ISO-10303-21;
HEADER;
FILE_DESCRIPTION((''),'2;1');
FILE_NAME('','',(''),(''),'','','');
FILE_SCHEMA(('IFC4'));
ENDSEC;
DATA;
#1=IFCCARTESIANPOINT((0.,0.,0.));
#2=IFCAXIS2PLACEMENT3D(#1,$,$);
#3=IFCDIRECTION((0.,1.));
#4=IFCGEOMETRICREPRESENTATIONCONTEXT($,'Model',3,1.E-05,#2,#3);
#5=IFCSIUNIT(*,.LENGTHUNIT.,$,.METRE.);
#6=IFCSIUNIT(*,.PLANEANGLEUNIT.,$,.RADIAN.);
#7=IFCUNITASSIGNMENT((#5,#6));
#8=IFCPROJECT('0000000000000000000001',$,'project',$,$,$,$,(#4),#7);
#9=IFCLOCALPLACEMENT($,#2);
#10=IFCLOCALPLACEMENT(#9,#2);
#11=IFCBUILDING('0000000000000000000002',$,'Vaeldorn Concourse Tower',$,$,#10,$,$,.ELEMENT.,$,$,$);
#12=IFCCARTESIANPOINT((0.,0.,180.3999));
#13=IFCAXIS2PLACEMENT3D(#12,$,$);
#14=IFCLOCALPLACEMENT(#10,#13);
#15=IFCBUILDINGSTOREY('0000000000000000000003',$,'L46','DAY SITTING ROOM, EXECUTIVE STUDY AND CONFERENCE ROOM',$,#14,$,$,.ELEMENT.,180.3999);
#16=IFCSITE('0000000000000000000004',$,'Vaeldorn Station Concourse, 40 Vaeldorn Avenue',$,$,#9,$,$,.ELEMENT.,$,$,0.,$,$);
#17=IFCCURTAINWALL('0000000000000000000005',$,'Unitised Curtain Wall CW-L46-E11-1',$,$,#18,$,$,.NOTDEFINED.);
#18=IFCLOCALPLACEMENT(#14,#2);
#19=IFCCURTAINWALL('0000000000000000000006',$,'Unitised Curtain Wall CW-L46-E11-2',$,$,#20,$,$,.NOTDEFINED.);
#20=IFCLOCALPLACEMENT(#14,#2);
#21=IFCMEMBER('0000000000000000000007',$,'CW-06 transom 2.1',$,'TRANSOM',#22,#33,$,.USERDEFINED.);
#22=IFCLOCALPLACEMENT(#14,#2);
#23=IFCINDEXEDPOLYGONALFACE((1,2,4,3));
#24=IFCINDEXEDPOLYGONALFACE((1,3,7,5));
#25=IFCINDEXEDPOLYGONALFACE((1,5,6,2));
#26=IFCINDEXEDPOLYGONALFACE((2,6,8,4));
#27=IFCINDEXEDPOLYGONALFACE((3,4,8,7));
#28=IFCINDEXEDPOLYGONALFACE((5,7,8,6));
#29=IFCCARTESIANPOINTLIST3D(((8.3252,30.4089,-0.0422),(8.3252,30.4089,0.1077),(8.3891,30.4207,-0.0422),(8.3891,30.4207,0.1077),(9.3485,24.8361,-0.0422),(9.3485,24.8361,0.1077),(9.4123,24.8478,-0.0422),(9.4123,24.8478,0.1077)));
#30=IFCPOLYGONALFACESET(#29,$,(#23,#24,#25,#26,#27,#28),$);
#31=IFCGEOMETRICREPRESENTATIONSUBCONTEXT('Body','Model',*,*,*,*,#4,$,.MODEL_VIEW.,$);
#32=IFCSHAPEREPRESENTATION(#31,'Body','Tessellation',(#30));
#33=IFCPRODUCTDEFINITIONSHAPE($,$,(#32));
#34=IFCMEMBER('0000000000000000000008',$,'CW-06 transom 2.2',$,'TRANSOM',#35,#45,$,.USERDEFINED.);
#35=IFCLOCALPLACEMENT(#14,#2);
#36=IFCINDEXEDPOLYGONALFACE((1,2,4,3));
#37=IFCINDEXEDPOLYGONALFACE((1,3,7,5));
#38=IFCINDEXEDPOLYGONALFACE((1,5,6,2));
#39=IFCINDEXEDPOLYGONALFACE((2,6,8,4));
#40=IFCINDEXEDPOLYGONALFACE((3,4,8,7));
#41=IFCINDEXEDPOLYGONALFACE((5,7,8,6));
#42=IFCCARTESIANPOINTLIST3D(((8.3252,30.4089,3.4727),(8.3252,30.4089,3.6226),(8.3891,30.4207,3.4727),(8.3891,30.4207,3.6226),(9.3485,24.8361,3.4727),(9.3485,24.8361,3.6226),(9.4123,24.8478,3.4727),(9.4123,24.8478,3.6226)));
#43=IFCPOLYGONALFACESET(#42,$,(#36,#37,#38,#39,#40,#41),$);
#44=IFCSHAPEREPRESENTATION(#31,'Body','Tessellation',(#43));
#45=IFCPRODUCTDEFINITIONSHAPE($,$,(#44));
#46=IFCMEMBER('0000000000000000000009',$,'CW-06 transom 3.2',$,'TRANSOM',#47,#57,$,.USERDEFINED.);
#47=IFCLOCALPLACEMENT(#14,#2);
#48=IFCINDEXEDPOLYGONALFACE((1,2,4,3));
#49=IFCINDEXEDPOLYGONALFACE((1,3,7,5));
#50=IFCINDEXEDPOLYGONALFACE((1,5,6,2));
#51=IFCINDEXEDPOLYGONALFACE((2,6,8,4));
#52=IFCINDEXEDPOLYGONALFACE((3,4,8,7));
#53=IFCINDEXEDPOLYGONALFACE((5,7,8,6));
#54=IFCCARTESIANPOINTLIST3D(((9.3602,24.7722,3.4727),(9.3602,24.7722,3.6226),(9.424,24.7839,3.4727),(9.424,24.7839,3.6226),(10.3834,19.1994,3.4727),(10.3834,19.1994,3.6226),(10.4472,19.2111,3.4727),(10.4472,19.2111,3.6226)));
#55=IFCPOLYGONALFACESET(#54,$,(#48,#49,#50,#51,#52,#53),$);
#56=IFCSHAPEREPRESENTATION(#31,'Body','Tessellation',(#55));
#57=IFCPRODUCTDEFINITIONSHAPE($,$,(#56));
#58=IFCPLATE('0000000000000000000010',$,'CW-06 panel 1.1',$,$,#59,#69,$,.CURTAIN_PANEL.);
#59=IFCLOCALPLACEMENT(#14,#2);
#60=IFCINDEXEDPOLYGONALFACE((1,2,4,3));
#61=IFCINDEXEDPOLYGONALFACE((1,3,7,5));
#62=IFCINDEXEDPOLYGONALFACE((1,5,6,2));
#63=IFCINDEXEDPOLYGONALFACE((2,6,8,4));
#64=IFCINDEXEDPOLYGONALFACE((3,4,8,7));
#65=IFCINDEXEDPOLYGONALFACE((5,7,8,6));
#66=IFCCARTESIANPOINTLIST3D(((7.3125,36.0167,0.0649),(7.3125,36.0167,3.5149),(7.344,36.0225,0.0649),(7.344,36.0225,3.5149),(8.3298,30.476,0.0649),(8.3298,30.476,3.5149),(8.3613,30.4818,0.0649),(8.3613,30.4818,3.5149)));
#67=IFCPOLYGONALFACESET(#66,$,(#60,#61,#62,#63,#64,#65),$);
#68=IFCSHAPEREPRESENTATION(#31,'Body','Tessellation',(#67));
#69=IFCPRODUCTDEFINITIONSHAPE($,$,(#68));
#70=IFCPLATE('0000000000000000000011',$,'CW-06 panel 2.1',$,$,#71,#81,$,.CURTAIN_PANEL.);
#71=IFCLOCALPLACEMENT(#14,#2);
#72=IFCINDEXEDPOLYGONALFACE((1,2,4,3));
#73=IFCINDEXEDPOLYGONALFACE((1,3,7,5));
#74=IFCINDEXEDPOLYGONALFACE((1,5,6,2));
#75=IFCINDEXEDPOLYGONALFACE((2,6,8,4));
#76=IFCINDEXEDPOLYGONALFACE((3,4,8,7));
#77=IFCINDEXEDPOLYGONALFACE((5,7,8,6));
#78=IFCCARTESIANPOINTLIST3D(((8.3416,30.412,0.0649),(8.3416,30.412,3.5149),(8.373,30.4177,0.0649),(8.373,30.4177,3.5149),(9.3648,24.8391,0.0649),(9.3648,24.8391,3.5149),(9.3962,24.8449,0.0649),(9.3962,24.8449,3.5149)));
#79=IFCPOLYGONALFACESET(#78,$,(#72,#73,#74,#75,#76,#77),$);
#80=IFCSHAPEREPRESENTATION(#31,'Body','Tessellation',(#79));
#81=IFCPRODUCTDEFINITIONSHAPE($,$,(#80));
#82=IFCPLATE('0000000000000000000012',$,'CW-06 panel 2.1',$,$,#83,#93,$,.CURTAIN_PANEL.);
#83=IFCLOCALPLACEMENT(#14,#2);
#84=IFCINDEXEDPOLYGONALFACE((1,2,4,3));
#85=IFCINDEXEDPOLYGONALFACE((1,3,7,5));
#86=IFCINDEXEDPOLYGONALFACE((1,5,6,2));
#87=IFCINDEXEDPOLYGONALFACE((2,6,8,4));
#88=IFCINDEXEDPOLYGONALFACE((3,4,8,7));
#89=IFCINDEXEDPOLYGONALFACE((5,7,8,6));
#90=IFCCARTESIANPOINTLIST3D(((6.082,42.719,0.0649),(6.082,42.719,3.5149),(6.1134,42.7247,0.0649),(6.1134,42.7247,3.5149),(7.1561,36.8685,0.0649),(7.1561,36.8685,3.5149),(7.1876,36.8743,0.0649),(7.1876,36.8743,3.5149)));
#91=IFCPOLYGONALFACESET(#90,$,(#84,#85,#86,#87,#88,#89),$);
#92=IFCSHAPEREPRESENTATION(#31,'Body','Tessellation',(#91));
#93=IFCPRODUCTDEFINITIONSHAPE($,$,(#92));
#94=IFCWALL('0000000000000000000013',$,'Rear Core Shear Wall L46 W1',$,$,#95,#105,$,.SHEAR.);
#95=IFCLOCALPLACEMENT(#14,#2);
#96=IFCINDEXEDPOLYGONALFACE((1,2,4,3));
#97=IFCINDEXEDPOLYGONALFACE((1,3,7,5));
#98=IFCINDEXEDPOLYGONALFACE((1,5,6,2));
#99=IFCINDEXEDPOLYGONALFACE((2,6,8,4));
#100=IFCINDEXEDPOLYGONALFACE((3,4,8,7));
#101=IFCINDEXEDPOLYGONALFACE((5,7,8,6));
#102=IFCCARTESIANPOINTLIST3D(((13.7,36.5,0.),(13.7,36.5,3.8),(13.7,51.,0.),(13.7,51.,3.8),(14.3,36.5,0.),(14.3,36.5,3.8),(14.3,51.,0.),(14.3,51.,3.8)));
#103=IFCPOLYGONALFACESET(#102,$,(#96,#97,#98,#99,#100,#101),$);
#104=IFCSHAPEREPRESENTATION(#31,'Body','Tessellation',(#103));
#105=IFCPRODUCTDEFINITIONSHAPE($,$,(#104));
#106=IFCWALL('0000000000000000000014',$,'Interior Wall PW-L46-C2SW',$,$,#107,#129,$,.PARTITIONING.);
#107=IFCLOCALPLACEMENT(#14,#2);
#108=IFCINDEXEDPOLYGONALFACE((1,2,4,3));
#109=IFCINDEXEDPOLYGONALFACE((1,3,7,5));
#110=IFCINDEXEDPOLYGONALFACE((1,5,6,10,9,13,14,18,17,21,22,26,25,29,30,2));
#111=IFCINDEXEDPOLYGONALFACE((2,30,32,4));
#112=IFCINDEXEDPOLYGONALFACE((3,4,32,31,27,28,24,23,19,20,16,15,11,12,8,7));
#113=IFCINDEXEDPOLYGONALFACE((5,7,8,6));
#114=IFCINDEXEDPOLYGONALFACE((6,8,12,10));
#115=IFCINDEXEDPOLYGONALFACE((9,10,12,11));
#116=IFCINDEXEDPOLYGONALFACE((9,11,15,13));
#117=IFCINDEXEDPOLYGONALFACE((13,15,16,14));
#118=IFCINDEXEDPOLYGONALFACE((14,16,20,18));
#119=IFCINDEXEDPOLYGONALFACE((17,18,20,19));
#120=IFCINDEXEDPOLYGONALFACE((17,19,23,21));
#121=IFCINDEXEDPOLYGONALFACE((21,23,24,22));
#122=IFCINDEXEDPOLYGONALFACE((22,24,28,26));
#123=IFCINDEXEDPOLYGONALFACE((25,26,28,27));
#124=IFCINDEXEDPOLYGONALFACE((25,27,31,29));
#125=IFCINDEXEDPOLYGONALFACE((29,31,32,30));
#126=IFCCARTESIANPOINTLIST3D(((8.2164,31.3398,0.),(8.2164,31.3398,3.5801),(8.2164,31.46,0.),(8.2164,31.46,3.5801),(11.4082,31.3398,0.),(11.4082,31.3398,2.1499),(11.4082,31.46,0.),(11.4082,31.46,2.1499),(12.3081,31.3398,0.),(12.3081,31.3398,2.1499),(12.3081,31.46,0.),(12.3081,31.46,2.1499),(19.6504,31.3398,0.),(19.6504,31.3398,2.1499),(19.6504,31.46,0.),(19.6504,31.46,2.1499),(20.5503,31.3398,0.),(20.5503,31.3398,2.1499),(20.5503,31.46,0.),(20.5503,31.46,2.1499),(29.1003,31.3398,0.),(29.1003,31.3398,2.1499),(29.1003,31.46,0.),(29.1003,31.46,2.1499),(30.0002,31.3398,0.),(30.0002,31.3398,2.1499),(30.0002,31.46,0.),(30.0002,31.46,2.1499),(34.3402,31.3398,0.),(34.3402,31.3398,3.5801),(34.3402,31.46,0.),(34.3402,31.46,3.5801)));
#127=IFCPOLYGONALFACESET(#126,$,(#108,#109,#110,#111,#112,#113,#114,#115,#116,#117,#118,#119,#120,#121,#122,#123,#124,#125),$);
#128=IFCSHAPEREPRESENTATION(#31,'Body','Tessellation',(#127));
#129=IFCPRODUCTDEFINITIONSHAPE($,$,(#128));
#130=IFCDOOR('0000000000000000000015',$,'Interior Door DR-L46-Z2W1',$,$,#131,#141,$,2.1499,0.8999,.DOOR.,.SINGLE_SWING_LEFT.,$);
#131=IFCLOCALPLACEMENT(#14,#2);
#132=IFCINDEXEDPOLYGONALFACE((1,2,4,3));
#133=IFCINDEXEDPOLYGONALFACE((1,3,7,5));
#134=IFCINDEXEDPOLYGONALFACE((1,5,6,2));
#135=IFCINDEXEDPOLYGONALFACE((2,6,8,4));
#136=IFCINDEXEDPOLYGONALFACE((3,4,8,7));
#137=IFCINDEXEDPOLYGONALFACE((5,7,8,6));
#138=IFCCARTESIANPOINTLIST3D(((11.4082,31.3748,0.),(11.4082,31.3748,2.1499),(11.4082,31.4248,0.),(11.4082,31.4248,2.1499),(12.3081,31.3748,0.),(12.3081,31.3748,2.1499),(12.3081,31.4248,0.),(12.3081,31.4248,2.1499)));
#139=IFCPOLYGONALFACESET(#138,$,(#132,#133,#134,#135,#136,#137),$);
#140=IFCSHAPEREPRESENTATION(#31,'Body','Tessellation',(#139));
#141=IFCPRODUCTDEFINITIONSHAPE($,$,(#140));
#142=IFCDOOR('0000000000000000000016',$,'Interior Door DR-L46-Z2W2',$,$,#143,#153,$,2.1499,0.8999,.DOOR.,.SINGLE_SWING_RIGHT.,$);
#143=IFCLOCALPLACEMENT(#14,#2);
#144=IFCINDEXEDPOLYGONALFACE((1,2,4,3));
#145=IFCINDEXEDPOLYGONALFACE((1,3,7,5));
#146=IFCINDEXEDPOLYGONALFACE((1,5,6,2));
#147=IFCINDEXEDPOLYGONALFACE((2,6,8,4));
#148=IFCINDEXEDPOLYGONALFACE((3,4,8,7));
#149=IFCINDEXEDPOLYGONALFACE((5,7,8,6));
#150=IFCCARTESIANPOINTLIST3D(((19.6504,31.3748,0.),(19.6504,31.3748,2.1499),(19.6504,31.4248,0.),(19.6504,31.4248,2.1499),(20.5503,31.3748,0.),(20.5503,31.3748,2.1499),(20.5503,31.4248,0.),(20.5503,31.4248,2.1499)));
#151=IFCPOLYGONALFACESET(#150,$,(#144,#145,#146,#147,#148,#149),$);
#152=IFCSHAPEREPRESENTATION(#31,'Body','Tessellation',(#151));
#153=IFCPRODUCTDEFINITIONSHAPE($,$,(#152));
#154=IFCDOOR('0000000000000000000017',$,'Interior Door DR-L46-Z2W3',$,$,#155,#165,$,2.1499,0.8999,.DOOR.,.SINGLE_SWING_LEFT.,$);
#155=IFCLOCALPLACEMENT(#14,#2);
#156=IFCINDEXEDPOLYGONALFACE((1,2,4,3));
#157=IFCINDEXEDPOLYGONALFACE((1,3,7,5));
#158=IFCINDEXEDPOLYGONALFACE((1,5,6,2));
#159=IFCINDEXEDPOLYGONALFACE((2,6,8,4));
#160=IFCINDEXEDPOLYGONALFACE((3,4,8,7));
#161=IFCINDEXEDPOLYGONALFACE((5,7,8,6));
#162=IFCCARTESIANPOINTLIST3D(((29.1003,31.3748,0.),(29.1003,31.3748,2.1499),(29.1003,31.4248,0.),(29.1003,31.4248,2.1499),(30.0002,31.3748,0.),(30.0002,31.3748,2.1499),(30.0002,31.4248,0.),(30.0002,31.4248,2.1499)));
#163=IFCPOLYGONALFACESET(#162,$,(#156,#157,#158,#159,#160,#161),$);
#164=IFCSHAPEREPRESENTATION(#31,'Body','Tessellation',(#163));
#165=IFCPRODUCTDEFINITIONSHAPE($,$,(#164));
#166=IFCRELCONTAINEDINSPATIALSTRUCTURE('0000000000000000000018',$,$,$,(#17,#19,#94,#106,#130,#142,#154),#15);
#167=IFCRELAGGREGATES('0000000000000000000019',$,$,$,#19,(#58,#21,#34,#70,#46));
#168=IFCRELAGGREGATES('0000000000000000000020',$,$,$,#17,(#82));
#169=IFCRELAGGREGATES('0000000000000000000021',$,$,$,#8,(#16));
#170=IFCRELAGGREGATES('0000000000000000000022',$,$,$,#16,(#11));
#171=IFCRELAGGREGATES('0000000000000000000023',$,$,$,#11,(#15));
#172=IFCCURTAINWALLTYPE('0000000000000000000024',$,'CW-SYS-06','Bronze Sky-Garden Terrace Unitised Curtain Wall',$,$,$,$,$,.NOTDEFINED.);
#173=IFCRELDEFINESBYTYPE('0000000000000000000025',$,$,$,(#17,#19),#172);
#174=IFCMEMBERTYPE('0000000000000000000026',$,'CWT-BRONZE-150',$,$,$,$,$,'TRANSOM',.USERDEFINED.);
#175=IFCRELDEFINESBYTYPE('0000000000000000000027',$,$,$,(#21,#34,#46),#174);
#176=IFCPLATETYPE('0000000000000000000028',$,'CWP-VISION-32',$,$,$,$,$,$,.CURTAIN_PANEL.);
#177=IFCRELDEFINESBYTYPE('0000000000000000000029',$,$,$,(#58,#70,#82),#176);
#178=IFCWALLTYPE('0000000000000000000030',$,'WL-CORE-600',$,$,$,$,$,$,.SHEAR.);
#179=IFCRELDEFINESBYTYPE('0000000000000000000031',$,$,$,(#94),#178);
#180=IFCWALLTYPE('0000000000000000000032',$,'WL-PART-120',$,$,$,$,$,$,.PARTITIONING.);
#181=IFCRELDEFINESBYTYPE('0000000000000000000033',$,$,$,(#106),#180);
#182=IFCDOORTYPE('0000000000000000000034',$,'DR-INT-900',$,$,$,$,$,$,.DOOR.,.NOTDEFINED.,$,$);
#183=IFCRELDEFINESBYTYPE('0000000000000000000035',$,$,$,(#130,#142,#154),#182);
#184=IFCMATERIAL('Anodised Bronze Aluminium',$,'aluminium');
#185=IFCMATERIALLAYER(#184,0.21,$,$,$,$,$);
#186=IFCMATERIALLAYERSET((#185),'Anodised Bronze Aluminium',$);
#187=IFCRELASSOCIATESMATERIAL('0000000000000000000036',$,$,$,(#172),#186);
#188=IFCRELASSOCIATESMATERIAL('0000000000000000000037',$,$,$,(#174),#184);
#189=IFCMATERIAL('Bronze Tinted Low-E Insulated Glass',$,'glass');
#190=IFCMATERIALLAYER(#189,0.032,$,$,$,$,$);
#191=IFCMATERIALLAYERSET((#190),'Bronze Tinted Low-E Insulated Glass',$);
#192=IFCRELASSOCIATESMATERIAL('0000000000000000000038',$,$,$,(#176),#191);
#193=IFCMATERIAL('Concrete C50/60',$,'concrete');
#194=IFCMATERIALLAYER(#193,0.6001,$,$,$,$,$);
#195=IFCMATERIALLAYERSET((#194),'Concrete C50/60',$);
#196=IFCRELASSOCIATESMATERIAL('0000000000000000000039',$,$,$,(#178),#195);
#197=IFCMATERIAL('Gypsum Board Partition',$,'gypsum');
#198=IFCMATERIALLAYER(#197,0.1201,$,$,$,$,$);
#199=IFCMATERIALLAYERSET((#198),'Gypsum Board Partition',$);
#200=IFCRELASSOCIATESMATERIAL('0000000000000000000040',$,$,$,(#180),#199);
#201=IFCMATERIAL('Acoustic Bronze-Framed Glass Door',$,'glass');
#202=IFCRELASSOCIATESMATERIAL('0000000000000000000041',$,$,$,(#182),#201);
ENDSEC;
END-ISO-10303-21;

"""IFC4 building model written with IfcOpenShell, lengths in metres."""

from ifc_helpers import new_model, si_unit, direction, frame, frame_2d, origin, origin_2d, place, context, subcontext, project, spatial, rectangle, extrude, source, transform, mapped, material, layer, layer_set, material_profile, profile_set, type_object, element, fill, aggregate, save


model = new_model("IFC4")

# Units and contexts
model_context = context("Model", 3, precision=1e-05, world=origin(), true_north=direction((0.0, 1.0)))
body_context = subcontext(model_context, "Body", "Model", "MODEL_VIEW")
ifc_project = project(units=[si_unit("LENGTHUNIT", "METRE"), si_unit("PLANEANGLEUNIT", "RADIAN")], contexts=[model_context])

# Site, building, storey
site_placement = place(None, origin())
site = spatial("IfcSite", under=ifc_project, at=site_placement, Name="Vaeldorn Station Concourse, 40 Vaeldorn Avenue", CompositionType="ELEMENT", RefElevation=0.0)
building_placement = place(site_placement, origin())
building = spatial("IfcBuilding", under=site, at=building_placement, Name="Vaeldorn Concourse Tower", CompositionType="ELEMENT")
storey_placement = place(building_placement, frame((0.0, 0.0, 180.3999)))
storey = spatial("IfcBuildingStorey", under=building, at=storey_placement, Name="L46", Description="DAY SITTING ROOM, EXECUTIVE STUDY AND CONFERENCE ROOM", CompositionType="ELEMENT", Elevation=180.3999)

# Shared definitions
ifc_material_1 = material(Name="Concrete C50/60", Category="concrete")

# Curtain wall
ifc_material_2 = material(Name="Anodised Bronze Aluminium", Category="aluminium")
ifc_layer_1 = layer(ifc_material_2, 0.21)
ifc_layer_set_1 = layer_set([ifc_layer_1], Name="Anodised Bronze Aluminium")
curtain_wall_type = type_object("IfcCurtainWallType", Name="CW-SYS-06", Description="Bronze Sky-Garden Terrace Unitised Curtain Wall", PredefinedType="NOTDEFINED", material=ifc_layer_set_1)
curtain_wall_1_placement = place(storey_placement, origin())
curtain_wall_1 = element("IfcCurtainWall", 1, at=curtain_wall_1_placement, inside=storey, type_object=curtain_wall_type, Name="Unitised Curtain Wall CW-L46-E11-1", PredefinedType="NOTDEFINED")

# Curtain wall, members, plates
curtain_wall_2_placement = place(storey_placement, origin())
curtain_wall_2 = element("IfcCurtainWall", 2, at=curtain_wall_2_placement, inside=storey, type_object=curtain_wall_type, Name="Unitised Curtain Wall CW-L46-E11-2", PredefinedType="NOTDEFINED")
ifc_material_profile_1 = material_profile(ifc_material_2, rectangle(XDim=0.0649, YDim=0.1499, at=origin_2d()), Name="CWT 65x150")
ifc_profile_set_1 = profile_set([ifc_material_profile_1], Name="Anodised Bronze Aluminium")
member_type_1 = type_object("IfcMemberType", Name="CWT-BRONZE-150", ElementType="TRANSOM", PredefinedType="USERDEFINED", material=ifc_profile_set_1)
shared_shape_1 = source(origin(), body_context, "Body", "SweptSolid", [
    extrude(rectangle(XDim=0.0649, YDim=0.1499, at=origin_2d()), origin(), (0.0, 0.0, 1.0), 5.666),
])
member_1_placement = place(storey_placement, frame((8.3572, 30.4148, 0.0327), z_axis=(0.180588, -0.983559, 0.0), x_axis=(0.983559, 0.180588, 0.0)))
member_1 = element("IfcMember", 3, at=member_1_placement, type_object=member_type_1, Name="CW-06 transom 2.1", ObjectType="TRANSOM", PredefinedType="USERDEFINED", context=body_context, shape_type="MappedRepresentation", body=[
    mapped(shared_shape_1, transform((0.0, 0.0, 0.0), scale=1.0)),
])
member_2_placement = place(storey_placement, frame((8.3572, 30.4148, 3.5476), z_axis=(0.180588, -0.983559, 0.0), x_axis=(0.983559, 0.180588, 0.0)))
member_2 = element("IfcMember", 4, at=member_2_placement, type_object=member_type_1, Name="CW-06 transom 2.2", ObjectType="TRANSOM", PredefinedType="USERDEFINED", context=body_context, shape_type="MappedRepresentation", body=[
    mapped(shared_shape_1, transform((0.0, 0.0, 0.0), scale=1.0)),
])
member_3_placement = place(storey_placement, frame((9.3921, 24.7781, 3.5476), z_axis=(0.180588, -0.983559, 0.0), x_axis=(0.983559, 0.180588, 0.0)))
member_3 = element("IfcMember", 5, at=member_3_placement, type_object=member_type_1, Name="CW-06 transom 3.2", ObjectType="TRANSOM", PredefinedType="USERDEFINED", context=body_context, shape_type="MappedRepresentation", body=[
    mapped(shared_shape_1, transform((0.0, 0.0, 0.0), scale=1.0)),
])
ifc_material_3 = material(Name="Bronze Tinted Low-E Insulated Glass", Category="glass")
ifc_layer_2 = layer(ifc_material_3, 0.032)
ifc_layer_set_2 = layer_set([ifc_layer_2], Name="Bronze Tinted Low-E Insulated Glass")
plate_type = type_object("IfcPlateType", Name="CWP-VISION-32", PredefinedType="CURTAIN_PANEL", material=ifc_layer_set_2)
shared_shape_2 = source(origin(), body_context, "Body", "SweptSolid", [
    extrude(rectangle(XDim=5.6333, YDim=0.032, at=origin_2d()), origin(), (0.0, 0.0, 1.0), 3.45),
])
plate_1_placement = place(storey_placement, frame((7.8369, 33.2493, 0.0649), z_axis=(0.0, 0.0, 1.0), x_axis=(0.180585, -0.983559, 0.0)))
plate_1 = element("IfcPlate", 6, at=plate_1_placement, type_object=plate_type, Name="CW-06 panel 1.1", PredefinedType="CURTAIN_PANEL", context=body_context, shape_type="MappedRepresentation", body=[
    mapped(shared_shape_2, transform((0.0, 0.0, 0.0), scale=1.0)),
])
shared_shape_3 = source(origin(), body_context, "Body", "SweptSolid", [
    extrude(rectangle(XDim=5.666, YDim=0.032, at=origin_2d()), origin(), (0.0, 0.0, 1.0), 3.45),
])
plate_2_placement = place(storey_placement, frame((8.8689, 27.6284, 0.0649), z_axis=(0.0, 0.0, 1.0), x_axis=(0.180585, -0.983559, 0.0)))
plate_2 = element("IfcPlate", 7, at=plate_2_placement, type_object=plate_type, Name="CW-06 panel 2.1", PredefinedType="CURTAIN_PANEL", context=body_context, shape_type="MappedRepresentation", body=[
    mapped(shared_shape_3, transform((0.0, 0.0, 0.0), scale=1.0)),
])
aggregate(curtain_wall_2, [plate_1, member_1, member_2, plate_2, member_3])

# Plate
shared_shape_4 = source(origin(), body_context, "Body", "SweptSolid", [
    extrude(rectangle(XDim=5.9482, YDim=0.032, at=origin_2d()), origin(), (0.0, 0.0, 1.0), 3.45),
])
plate_3_placement = place(storey_placement, frame((6.6348, 39.7966, 0.0649), z_axis=(0.0, 0.0, 1.0), x_axis=(0.180585, -0.983559, 0.0)))
plate_3 = element("IfcPlate", 8, at=plate_3_placement, type_object=plate_type, Name="CW-06 panel 2.1", PredefinedType="CURTAIN_PANEL", context=body_context, shape_type="MappedRepresentation", body=[
    mapped(shared_shape_4, transform((0.0, 0.0, 0.0), scale=1.0)),
])
aggregate(curtain_wall_1, [plate_3])

# Wall
ifc_layer_3 = layer(ifc_material_1, 0.6001)
ifc_layer_set_3 = layer_set([ifc_layer_3], Name="Concrete C50/60")
wall_type_1 = type_object("IfcWallType", Name="WL-CORE-600", PredefinedType="SHEAR", material=ifc_layer_set_3)
wall_1_placement = place(storey_placement, frame((14.0, 36.5, 0.0), z_axis=(0.0, 0.0, 1.0), x_axis=(0.0, 1.0, 0.0)))
element("IfcWall", 9, at=wall_1_placement, inside=storey, type_object=wall_type_1, Name="Rear Core Shear Wall L46 W1", PredefinedType="SHEAR", context=body_context, shape_type="SweptSolid", body=[
    extrude(rectangle(XDim=14.5, YDim=0.6001, at=frame_2d((7.25, 0.0))), origin(), (0.0, 0.0, 1.0), 3.8),
])

# Wall, openings, doors
ifc_material_4 = material(Name="Gypsum Board Partition", Category="gypsum")
ifc_layer_4 = layer(ifc_material_4, 0.1201)
ifc_layer_set_4 = layer_set([ifc_layer_4], Name="Gypsum Board Partition")
wall_type_2 = type_object("IfcWallType", Name="WL-PART-120", PredefinedType="PARTITIONING", material=ifc_layer_set_4)
wall_2_placement = place(storey_placement, frame((8.2163, 31.3999, 0.0), z_axis=(0.0, 0.0, 1.0), x_axis=(1.0, 0.0, 0.0)))
wall_2 = element("IfcWall", 10, at=wall_2_placement, inside=storey, type_object=wall_type_2, Name="Interior Wall PW-L46-C2SW", PredefinedType="PARTITIONING", context=body_context, shape_type="SweptSolid", body=[
    extrude(rectangle(XDim=26.1238, YDim=0.1201, at=frame_2d((13.062, 0.0))), origin(), (0.0, 0.0, 1.0), 3.5801),
])
opening_1_placement = place(wall_2_placement, frame((3.1919, 0.0, 0.0)))
opening_1 = element("IfcOpeningElement", 11, at=opening_1_placement, cuts=wall_2, PredefinedType="OPENING", context=body_context, shape_type="SweptSolid", body=[
    extrude(rectangle(XDim=0.8999, YDim=2.1499, at=frame_2d((0.45, 1.075))), frame((0.0, 0.0701, 0.0), z_axis=(0.0, -1.0, 0.0), x_axis=(1.0, 0.0, 0.0)), (0.0, 0.0, 1.0), 0.1401),
])
opening_2_placement = place(wall_2_placement, frame((11.4341, 0.0, 0.0)))
opening_2 = element("IfcOpeningElement", 12, at=opening_2_placement, cuts=wall_2, PredefinedType="OPENING", context=body_context, shape_type="SweptSolid", body=[
    extrude(rectangle(XDim=0.8999, YDim=2.1499, at=frame_2d((0.45, 1.075))), frame((0.0, 0.0701, 0.0), z_axis=(0.0, -1.0, 0.0), x_axis=(1.0, 0.0, 0.0)), (0.0, 0.0, 1.0), 0.1401),
])
opening_3_placement = place(wall_2_placement, frame((20.884, 0.0, 0.0)))
opening_3 = element("IfcOpeningElement", 13, at=opening_3_placement, cuts=wall_2, PredefinedType="OPENING", context=body_context, shape_type="SweptSolid", body=[
    extrude(rectangle(XDim=0.8999, YDim=2.1499, at=frame_2d((0.45, 1.075))), frame((0.0, 0.0701, 0.0), z_axis=(0.0, -1.0, 0.0), x_axis=(1.0, 0.0, 0.0)), (0.0, 0.0, 1.0), 0.1401),
])
ifc_material_5 = material(Name="Acoustic Bronze-Framed Glass Door", Category="glass")
door_type = type_object("IfcDoorType", Name="DR-INT-900", OperationType="NOTDEFINED", PredefinedType="DOOR", material=ifc_material_5)
shared_shape_5 = source(origin(), body_context, "Body", "SweptSolid", [
    extrude(rectangle(XDim=0.8999, YDim=2.1499, at=frame_2d((0.45, 1.075))), frame((0.0, 0.0249, 0.0), z_axis=(0.0, -1.0, 0.0), x_axis=(1.0, 0.0, 0.0)), (0.0, 0.0, 1.0), 0.05),
])
door_1_placement = place(opening_1_placement, origin())
door_1 = element("IfcDoor", 14, at=door_1_placement, inside=storey, type_object=door_type, Name="Interior Door DR-L46-Z2W1", OperationType="SINGLE_SWING_LEFT", OverallHeight=2.1499, OverallWidth=0.8999, PredefinedType="DOOR", context=body_context, shape_type="MappedRepresentation", body=[
    mapped(shared_shape_5, transform((0.0, 0.0, 0.0), scale=1.0)),
])
fill(opening_1, door_1)
door_2_placement = place(opening_2_placement, origin())
door_2 = element("IfcDoor", 15, at=door_2_placement, inside=storey, type_object=door_type, Name="Interior Door DR-L46-Z2W2", OperationType="SINGLE_SWING_RIGHT", OverallHeight=2.1499, OverallWidth=0.8999, PredefinedType="DOOR", context=body_context, shape_type="MappedRepresentation", body=[
    mapped(shared_shape_5, transform((0.0, 0.0, 0.0), scale=1.0)),
])
fill(opening_2, door_2)
door_3_placement = place(opening_3_placement, origin())
door_3 = element("IfcDoor", 16, at=door_3_placement, inside=storey, type_object=door_type, Name="Interior Door DR-L46-Z2W3", OperationType="SINGLE_SWING_LEFT", OverallHeight=2.1499, OverallWidth=0.8999, PredefinedType="DOOR", context=body_context, shape_type="MappedRepresentation", body=[
    mapped(shared_shape_5, transform((0.0, 0.0, 0.0), scale=1.0)),
])
fill(opening_3, door_3)

save(model, "model.ifc")
